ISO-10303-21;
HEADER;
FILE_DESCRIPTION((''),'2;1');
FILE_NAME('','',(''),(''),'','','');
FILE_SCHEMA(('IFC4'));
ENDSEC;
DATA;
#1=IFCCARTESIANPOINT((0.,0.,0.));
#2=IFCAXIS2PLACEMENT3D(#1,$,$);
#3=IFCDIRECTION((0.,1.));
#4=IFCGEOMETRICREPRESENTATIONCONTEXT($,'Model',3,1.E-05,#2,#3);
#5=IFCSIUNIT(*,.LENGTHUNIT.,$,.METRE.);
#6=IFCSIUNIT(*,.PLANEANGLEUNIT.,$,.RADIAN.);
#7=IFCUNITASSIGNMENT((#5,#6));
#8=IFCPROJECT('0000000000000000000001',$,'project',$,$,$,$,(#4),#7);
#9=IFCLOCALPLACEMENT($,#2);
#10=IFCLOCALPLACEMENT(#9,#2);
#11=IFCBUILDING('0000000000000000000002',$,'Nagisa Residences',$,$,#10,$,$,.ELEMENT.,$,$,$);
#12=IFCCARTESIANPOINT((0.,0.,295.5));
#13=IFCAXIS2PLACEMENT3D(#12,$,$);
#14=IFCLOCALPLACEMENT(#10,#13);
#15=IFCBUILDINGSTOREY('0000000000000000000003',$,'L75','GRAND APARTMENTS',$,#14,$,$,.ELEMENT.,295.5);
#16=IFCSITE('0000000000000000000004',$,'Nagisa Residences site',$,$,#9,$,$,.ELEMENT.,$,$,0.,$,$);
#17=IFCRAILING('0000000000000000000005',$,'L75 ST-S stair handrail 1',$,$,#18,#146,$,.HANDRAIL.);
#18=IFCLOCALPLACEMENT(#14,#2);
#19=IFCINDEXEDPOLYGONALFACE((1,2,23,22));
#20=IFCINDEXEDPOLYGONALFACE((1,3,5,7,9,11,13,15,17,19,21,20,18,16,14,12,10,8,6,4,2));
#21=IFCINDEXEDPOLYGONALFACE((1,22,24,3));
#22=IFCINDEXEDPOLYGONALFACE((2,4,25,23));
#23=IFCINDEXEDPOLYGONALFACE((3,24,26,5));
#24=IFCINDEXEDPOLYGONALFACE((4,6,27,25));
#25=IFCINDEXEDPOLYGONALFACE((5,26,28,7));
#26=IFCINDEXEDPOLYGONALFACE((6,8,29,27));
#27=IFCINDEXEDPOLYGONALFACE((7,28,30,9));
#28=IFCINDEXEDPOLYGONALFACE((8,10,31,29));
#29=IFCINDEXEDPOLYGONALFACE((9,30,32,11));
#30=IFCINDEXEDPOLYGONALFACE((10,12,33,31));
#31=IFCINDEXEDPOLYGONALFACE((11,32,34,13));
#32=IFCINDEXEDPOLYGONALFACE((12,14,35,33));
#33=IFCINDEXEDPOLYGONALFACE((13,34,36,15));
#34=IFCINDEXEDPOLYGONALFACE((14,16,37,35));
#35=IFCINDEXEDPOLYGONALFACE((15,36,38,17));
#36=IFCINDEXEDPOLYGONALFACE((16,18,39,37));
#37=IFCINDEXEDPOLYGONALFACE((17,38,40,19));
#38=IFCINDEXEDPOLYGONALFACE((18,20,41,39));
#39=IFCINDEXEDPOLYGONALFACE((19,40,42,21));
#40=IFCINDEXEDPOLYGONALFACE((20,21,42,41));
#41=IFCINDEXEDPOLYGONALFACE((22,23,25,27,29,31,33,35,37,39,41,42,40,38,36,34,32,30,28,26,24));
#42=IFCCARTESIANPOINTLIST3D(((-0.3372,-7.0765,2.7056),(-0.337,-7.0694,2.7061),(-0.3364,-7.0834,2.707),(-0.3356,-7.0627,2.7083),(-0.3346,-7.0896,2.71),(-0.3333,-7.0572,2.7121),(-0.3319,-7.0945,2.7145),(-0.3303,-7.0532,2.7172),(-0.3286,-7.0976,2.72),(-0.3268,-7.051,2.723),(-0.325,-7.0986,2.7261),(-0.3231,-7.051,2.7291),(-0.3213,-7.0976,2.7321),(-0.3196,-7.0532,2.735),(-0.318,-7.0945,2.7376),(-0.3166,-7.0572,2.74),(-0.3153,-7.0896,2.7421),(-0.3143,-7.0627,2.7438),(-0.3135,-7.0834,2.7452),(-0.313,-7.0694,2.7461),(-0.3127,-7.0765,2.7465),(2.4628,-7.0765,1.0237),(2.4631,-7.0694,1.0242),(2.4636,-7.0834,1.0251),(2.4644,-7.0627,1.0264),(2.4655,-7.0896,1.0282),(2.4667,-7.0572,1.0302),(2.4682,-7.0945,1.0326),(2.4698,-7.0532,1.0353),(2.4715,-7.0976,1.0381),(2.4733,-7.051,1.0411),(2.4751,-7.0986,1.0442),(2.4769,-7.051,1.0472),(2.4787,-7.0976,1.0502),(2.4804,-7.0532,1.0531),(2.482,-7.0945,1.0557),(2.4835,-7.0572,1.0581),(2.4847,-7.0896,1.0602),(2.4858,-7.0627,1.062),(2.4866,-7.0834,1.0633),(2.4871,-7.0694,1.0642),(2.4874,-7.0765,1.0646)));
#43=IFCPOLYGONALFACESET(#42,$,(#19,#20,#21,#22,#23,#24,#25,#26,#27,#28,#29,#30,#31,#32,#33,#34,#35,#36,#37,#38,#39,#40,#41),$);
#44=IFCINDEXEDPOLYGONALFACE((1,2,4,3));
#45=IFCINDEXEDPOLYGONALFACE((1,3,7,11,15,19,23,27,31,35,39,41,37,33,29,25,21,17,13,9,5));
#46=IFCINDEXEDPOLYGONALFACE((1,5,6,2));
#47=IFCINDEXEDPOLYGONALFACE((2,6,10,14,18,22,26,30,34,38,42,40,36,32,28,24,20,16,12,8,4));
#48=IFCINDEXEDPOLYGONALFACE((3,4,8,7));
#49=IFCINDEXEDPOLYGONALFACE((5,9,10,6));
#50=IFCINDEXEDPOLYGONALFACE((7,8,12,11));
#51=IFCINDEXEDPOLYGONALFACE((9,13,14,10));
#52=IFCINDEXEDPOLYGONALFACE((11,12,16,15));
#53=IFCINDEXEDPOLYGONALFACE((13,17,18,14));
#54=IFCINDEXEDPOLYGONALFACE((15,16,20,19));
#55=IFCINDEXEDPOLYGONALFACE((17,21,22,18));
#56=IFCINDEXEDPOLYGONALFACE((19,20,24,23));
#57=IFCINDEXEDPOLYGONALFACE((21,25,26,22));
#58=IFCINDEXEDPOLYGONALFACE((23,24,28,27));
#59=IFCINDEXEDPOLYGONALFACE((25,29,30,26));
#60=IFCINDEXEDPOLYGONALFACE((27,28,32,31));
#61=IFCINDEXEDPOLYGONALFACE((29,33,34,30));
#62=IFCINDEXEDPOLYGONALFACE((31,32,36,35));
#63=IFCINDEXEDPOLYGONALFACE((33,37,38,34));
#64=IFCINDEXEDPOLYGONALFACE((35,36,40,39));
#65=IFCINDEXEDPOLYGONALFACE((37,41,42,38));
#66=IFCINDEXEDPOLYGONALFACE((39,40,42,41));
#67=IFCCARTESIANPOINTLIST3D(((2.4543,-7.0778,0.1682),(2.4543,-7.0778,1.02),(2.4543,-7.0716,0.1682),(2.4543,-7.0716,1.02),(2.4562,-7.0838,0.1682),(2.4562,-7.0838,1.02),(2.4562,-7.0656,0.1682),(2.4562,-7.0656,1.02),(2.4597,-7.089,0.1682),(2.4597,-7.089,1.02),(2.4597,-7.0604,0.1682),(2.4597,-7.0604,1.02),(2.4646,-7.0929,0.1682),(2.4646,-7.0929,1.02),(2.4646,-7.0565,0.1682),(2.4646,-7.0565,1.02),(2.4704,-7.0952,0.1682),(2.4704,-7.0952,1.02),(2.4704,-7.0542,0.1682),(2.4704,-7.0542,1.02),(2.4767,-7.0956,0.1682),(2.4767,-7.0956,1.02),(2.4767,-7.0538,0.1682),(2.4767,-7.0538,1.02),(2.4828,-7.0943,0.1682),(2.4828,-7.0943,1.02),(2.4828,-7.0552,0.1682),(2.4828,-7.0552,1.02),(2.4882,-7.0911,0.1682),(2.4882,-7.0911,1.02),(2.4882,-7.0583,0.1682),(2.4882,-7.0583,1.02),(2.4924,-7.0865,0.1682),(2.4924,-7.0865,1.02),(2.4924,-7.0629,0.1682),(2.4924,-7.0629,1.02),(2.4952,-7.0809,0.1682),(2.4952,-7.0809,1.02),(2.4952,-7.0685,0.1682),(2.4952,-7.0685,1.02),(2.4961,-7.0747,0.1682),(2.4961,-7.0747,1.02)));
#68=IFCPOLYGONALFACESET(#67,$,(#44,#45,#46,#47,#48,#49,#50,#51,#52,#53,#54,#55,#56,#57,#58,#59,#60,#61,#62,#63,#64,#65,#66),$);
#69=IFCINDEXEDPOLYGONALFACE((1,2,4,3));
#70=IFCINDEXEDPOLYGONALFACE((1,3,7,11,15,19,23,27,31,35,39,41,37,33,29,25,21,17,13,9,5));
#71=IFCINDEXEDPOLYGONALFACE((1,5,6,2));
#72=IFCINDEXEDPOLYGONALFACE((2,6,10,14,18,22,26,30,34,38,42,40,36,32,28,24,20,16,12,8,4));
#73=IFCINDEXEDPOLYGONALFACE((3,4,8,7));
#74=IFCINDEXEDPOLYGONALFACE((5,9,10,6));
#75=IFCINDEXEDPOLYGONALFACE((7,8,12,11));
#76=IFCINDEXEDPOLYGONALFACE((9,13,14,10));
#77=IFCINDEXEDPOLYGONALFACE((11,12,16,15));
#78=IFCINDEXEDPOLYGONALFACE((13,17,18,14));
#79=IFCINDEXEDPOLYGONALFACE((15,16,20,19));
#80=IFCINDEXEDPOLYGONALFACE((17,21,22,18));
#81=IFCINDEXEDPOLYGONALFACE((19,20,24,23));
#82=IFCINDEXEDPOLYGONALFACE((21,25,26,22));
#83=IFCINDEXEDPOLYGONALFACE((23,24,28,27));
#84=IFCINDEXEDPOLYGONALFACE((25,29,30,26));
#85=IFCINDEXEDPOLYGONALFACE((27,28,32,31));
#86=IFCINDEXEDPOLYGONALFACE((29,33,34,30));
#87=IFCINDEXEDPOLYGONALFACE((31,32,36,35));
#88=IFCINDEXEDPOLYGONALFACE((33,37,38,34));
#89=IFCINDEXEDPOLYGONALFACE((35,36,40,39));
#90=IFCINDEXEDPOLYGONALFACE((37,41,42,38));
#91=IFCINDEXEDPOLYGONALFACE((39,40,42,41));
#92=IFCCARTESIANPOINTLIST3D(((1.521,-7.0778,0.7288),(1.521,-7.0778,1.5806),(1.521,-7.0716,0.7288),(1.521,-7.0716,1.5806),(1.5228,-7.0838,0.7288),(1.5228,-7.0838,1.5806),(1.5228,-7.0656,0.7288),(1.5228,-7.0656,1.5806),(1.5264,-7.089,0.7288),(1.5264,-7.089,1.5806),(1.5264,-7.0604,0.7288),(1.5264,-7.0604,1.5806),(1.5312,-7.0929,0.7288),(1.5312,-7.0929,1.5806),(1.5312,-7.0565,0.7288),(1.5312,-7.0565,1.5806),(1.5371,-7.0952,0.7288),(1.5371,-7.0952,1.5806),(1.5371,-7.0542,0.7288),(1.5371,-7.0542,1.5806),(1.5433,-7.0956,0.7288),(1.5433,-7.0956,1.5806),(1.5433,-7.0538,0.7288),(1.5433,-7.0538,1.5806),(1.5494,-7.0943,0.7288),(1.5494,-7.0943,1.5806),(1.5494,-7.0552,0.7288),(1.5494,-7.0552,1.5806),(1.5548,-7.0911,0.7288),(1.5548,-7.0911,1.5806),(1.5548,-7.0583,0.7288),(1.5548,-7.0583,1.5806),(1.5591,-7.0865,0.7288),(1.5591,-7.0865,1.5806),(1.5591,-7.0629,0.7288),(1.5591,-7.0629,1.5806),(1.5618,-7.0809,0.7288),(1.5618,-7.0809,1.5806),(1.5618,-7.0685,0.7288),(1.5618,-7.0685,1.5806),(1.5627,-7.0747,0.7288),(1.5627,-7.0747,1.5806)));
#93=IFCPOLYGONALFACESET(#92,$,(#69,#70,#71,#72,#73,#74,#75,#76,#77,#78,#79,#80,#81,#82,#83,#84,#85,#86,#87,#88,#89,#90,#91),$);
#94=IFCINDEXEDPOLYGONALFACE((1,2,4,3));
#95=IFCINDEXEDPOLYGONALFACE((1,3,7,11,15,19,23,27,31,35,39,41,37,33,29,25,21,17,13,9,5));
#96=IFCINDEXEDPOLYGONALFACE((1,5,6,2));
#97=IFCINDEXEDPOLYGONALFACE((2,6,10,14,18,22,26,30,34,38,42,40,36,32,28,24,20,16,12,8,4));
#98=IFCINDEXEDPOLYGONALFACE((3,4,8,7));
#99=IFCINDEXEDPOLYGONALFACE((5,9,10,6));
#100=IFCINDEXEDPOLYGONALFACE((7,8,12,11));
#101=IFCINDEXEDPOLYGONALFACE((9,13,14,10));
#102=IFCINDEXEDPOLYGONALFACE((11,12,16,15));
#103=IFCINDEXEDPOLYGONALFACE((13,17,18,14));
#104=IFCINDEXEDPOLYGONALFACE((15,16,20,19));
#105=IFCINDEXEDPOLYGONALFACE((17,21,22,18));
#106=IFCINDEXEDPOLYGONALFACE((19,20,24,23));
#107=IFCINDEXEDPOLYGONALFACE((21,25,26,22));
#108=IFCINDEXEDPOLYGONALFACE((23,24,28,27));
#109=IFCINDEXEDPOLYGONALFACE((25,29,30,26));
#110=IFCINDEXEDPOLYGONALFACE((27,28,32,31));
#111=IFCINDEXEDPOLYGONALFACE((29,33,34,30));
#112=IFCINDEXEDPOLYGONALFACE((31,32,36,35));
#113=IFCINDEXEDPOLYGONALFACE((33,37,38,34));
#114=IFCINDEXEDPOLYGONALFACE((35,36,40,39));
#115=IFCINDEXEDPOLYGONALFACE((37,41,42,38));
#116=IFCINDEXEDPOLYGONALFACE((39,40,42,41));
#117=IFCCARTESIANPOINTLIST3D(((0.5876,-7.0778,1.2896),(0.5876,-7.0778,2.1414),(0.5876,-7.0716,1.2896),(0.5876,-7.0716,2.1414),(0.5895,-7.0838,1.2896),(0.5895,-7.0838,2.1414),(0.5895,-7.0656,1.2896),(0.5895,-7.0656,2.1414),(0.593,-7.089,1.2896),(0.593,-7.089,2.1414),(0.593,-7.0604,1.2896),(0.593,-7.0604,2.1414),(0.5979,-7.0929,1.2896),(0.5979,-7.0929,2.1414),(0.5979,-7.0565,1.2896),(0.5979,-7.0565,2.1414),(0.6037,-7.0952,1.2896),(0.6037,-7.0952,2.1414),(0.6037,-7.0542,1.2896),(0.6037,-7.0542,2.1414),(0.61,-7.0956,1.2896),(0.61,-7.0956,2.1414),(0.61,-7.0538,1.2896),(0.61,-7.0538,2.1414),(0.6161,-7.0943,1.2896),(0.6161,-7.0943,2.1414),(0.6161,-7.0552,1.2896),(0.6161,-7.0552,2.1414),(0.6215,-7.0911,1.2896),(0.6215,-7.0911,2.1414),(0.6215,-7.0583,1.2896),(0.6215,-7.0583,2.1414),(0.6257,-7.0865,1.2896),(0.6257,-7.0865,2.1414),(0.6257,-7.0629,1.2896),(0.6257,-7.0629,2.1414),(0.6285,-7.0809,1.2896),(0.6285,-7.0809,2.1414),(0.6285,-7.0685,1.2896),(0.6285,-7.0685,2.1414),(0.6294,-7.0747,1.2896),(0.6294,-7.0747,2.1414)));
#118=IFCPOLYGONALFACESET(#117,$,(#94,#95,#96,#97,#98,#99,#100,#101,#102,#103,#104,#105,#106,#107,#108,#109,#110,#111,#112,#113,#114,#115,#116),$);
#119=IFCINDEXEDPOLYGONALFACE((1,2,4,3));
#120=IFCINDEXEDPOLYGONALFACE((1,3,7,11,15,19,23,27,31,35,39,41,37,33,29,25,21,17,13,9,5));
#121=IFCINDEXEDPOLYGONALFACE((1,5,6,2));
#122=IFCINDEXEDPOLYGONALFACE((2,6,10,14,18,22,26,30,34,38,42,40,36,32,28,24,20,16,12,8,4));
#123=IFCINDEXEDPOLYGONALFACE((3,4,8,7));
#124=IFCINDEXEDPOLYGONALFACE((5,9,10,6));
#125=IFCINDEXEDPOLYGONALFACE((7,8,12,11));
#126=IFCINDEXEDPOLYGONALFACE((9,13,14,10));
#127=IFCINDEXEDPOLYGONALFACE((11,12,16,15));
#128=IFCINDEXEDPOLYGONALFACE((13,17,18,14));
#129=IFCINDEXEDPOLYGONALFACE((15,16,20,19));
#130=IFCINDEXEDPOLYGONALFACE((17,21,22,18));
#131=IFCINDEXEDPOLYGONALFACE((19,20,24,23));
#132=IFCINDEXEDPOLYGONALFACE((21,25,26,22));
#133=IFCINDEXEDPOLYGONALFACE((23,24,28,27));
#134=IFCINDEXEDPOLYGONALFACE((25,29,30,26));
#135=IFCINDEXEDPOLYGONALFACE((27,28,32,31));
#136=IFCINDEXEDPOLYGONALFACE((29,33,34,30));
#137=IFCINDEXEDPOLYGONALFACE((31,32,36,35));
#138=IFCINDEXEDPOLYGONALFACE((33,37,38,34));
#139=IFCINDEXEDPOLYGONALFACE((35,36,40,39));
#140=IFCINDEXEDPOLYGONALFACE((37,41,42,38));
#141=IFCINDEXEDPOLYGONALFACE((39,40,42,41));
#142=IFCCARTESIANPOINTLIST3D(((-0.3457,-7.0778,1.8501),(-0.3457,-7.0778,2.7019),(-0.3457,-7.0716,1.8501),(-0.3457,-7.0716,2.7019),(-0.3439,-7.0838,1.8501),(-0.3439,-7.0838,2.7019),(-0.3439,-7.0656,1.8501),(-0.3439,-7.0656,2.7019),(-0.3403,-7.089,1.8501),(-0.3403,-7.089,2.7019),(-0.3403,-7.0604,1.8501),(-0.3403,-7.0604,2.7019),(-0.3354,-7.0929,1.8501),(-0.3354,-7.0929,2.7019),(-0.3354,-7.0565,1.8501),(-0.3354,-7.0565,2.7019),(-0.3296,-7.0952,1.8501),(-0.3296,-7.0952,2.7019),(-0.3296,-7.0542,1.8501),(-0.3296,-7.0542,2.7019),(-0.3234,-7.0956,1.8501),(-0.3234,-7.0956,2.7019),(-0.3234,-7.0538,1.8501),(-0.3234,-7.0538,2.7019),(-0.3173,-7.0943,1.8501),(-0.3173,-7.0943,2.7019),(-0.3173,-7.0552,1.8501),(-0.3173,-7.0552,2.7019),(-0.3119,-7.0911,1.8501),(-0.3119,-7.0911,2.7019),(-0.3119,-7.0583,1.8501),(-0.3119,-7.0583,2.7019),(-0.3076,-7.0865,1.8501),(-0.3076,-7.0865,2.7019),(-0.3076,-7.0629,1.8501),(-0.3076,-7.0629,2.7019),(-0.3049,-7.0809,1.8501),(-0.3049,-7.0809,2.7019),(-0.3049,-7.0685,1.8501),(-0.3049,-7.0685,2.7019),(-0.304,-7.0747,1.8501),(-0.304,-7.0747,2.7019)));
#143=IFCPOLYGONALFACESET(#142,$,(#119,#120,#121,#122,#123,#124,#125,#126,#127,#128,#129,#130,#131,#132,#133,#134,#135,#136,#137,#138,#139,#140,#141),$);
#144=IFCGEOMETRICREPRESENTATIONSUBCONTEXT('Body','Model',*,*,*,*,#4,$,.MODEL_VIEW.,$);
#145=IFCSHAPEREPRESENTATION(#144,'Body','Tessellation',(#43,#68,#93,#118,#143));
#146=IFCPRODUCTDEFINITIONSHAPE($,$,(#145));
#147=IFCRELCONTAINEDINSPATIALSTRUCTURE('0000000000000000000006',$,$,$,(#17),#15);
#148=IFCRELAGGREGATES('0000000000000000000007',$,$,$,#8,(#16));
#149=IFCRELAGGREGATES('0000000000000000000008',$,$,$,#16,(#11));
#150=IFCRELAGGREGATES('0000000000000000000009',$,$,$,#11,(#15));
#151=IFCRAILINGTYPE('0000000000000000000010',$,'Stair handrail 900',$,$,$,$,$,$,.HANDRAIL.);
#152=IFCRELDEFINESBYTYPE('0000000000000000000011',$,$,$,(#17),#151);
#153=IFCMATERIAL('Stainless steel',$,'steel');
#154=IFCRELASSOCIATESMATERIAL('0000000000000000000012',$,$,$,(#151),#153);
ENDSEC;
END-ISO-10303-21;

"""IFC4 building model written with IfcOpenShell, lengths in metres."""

from ifc_helpers import new_model, si_unit, direction, frame, origin, origin_2d, place, context, subcontext, project, spatial, circle, extrude, material, type_object, element, save


model = new_model("IFC4")

# Units and contexts
model_context = context("Model", 3, precision=1e-05, world=origin(), true_north=direction((0.0, 1.0)))
body_context = subcontext(model_context, "Body", "Model", "MODEL_VIEW")
ifc_project = project(units=[si_unit("LENGTHUNIT", "METRE"), si_unit("PLANEANGLEUNIT", "RADIAN")], contexts=[model_context])

# Site, building, storey
site_placement = place(None, origin())
site = spatial("IfcSite", under=ifc_project, at=site_placement, Name="Nagisa Residences site", CompositionType="ELEMENT", RefElevation=0.0)
building_placement = place(site_placement, origin())
building = spatial("IfcBuilding", under=site, at=building_placement, Name="Nagisa Residences", CompositionType="ELEMENT")
storey_placement = place(building_placement, frame((0.0, 0.0, 295.5)))
storey = spatial("IfcBuildingStorey", under=building, at=storey_placement, Name="L75", Description="GRAND APARTMENTS", CompositionType="ELEMENT", Elevation=295.5)

# Railing
ifc_material_1 = material(Name="Stainless steel", Category="steel")
railing_type_1 = type_object("IfcRailingType", Name="Stair handrail 900", PredefinedType="HANDRAIL", material=ifc_material_1)
railing_1_placement = place(storey_placement, frame((2.4751, -7.0747, 0.1682)))
element("IfcRailing", 1, at=railing_1_placement, inside=storey, type_object=railing_type_1, Name="L75 ST-S stair handrail 1", PredefinedType="HANDRAIL", context=body_context, shape_type="SweptSolid", body=[
    extrude(circle(Radius=0.0239, at=origin_2d()), frame((0.0, 0.0, 0.876), z_axis=(-0.857242, 0.0, 0.514913), x_axis=(0.0, -1.0, 0.0)), (0.0, 0.0, 1.0), 3.2664),
    extrude(circle(Radius=0.021, at=origin_2d()), origin(), (0.0, 0.0, 1.0), 0.8518),
    extrude(circle(Radius=0.021, at=origin_2d()), frame((-0.9333, 0.0, 0.5605)), (0.0, 0.0, 1.0), 0.8518),
    extrude(circle(Radius=0.021, at=origin_2d()), frame((-1.8667, 0.0, 1.1213)), (0.0, 0.0, 1.0), 0.8518),
    extrude(circle(Radius=0.021, at=origin_2d()), frame((-2.8, 0.0, 1.6819)), (0.0, 0.0, 1.0), 0.8518),
])

save(model, "model.ifc")
